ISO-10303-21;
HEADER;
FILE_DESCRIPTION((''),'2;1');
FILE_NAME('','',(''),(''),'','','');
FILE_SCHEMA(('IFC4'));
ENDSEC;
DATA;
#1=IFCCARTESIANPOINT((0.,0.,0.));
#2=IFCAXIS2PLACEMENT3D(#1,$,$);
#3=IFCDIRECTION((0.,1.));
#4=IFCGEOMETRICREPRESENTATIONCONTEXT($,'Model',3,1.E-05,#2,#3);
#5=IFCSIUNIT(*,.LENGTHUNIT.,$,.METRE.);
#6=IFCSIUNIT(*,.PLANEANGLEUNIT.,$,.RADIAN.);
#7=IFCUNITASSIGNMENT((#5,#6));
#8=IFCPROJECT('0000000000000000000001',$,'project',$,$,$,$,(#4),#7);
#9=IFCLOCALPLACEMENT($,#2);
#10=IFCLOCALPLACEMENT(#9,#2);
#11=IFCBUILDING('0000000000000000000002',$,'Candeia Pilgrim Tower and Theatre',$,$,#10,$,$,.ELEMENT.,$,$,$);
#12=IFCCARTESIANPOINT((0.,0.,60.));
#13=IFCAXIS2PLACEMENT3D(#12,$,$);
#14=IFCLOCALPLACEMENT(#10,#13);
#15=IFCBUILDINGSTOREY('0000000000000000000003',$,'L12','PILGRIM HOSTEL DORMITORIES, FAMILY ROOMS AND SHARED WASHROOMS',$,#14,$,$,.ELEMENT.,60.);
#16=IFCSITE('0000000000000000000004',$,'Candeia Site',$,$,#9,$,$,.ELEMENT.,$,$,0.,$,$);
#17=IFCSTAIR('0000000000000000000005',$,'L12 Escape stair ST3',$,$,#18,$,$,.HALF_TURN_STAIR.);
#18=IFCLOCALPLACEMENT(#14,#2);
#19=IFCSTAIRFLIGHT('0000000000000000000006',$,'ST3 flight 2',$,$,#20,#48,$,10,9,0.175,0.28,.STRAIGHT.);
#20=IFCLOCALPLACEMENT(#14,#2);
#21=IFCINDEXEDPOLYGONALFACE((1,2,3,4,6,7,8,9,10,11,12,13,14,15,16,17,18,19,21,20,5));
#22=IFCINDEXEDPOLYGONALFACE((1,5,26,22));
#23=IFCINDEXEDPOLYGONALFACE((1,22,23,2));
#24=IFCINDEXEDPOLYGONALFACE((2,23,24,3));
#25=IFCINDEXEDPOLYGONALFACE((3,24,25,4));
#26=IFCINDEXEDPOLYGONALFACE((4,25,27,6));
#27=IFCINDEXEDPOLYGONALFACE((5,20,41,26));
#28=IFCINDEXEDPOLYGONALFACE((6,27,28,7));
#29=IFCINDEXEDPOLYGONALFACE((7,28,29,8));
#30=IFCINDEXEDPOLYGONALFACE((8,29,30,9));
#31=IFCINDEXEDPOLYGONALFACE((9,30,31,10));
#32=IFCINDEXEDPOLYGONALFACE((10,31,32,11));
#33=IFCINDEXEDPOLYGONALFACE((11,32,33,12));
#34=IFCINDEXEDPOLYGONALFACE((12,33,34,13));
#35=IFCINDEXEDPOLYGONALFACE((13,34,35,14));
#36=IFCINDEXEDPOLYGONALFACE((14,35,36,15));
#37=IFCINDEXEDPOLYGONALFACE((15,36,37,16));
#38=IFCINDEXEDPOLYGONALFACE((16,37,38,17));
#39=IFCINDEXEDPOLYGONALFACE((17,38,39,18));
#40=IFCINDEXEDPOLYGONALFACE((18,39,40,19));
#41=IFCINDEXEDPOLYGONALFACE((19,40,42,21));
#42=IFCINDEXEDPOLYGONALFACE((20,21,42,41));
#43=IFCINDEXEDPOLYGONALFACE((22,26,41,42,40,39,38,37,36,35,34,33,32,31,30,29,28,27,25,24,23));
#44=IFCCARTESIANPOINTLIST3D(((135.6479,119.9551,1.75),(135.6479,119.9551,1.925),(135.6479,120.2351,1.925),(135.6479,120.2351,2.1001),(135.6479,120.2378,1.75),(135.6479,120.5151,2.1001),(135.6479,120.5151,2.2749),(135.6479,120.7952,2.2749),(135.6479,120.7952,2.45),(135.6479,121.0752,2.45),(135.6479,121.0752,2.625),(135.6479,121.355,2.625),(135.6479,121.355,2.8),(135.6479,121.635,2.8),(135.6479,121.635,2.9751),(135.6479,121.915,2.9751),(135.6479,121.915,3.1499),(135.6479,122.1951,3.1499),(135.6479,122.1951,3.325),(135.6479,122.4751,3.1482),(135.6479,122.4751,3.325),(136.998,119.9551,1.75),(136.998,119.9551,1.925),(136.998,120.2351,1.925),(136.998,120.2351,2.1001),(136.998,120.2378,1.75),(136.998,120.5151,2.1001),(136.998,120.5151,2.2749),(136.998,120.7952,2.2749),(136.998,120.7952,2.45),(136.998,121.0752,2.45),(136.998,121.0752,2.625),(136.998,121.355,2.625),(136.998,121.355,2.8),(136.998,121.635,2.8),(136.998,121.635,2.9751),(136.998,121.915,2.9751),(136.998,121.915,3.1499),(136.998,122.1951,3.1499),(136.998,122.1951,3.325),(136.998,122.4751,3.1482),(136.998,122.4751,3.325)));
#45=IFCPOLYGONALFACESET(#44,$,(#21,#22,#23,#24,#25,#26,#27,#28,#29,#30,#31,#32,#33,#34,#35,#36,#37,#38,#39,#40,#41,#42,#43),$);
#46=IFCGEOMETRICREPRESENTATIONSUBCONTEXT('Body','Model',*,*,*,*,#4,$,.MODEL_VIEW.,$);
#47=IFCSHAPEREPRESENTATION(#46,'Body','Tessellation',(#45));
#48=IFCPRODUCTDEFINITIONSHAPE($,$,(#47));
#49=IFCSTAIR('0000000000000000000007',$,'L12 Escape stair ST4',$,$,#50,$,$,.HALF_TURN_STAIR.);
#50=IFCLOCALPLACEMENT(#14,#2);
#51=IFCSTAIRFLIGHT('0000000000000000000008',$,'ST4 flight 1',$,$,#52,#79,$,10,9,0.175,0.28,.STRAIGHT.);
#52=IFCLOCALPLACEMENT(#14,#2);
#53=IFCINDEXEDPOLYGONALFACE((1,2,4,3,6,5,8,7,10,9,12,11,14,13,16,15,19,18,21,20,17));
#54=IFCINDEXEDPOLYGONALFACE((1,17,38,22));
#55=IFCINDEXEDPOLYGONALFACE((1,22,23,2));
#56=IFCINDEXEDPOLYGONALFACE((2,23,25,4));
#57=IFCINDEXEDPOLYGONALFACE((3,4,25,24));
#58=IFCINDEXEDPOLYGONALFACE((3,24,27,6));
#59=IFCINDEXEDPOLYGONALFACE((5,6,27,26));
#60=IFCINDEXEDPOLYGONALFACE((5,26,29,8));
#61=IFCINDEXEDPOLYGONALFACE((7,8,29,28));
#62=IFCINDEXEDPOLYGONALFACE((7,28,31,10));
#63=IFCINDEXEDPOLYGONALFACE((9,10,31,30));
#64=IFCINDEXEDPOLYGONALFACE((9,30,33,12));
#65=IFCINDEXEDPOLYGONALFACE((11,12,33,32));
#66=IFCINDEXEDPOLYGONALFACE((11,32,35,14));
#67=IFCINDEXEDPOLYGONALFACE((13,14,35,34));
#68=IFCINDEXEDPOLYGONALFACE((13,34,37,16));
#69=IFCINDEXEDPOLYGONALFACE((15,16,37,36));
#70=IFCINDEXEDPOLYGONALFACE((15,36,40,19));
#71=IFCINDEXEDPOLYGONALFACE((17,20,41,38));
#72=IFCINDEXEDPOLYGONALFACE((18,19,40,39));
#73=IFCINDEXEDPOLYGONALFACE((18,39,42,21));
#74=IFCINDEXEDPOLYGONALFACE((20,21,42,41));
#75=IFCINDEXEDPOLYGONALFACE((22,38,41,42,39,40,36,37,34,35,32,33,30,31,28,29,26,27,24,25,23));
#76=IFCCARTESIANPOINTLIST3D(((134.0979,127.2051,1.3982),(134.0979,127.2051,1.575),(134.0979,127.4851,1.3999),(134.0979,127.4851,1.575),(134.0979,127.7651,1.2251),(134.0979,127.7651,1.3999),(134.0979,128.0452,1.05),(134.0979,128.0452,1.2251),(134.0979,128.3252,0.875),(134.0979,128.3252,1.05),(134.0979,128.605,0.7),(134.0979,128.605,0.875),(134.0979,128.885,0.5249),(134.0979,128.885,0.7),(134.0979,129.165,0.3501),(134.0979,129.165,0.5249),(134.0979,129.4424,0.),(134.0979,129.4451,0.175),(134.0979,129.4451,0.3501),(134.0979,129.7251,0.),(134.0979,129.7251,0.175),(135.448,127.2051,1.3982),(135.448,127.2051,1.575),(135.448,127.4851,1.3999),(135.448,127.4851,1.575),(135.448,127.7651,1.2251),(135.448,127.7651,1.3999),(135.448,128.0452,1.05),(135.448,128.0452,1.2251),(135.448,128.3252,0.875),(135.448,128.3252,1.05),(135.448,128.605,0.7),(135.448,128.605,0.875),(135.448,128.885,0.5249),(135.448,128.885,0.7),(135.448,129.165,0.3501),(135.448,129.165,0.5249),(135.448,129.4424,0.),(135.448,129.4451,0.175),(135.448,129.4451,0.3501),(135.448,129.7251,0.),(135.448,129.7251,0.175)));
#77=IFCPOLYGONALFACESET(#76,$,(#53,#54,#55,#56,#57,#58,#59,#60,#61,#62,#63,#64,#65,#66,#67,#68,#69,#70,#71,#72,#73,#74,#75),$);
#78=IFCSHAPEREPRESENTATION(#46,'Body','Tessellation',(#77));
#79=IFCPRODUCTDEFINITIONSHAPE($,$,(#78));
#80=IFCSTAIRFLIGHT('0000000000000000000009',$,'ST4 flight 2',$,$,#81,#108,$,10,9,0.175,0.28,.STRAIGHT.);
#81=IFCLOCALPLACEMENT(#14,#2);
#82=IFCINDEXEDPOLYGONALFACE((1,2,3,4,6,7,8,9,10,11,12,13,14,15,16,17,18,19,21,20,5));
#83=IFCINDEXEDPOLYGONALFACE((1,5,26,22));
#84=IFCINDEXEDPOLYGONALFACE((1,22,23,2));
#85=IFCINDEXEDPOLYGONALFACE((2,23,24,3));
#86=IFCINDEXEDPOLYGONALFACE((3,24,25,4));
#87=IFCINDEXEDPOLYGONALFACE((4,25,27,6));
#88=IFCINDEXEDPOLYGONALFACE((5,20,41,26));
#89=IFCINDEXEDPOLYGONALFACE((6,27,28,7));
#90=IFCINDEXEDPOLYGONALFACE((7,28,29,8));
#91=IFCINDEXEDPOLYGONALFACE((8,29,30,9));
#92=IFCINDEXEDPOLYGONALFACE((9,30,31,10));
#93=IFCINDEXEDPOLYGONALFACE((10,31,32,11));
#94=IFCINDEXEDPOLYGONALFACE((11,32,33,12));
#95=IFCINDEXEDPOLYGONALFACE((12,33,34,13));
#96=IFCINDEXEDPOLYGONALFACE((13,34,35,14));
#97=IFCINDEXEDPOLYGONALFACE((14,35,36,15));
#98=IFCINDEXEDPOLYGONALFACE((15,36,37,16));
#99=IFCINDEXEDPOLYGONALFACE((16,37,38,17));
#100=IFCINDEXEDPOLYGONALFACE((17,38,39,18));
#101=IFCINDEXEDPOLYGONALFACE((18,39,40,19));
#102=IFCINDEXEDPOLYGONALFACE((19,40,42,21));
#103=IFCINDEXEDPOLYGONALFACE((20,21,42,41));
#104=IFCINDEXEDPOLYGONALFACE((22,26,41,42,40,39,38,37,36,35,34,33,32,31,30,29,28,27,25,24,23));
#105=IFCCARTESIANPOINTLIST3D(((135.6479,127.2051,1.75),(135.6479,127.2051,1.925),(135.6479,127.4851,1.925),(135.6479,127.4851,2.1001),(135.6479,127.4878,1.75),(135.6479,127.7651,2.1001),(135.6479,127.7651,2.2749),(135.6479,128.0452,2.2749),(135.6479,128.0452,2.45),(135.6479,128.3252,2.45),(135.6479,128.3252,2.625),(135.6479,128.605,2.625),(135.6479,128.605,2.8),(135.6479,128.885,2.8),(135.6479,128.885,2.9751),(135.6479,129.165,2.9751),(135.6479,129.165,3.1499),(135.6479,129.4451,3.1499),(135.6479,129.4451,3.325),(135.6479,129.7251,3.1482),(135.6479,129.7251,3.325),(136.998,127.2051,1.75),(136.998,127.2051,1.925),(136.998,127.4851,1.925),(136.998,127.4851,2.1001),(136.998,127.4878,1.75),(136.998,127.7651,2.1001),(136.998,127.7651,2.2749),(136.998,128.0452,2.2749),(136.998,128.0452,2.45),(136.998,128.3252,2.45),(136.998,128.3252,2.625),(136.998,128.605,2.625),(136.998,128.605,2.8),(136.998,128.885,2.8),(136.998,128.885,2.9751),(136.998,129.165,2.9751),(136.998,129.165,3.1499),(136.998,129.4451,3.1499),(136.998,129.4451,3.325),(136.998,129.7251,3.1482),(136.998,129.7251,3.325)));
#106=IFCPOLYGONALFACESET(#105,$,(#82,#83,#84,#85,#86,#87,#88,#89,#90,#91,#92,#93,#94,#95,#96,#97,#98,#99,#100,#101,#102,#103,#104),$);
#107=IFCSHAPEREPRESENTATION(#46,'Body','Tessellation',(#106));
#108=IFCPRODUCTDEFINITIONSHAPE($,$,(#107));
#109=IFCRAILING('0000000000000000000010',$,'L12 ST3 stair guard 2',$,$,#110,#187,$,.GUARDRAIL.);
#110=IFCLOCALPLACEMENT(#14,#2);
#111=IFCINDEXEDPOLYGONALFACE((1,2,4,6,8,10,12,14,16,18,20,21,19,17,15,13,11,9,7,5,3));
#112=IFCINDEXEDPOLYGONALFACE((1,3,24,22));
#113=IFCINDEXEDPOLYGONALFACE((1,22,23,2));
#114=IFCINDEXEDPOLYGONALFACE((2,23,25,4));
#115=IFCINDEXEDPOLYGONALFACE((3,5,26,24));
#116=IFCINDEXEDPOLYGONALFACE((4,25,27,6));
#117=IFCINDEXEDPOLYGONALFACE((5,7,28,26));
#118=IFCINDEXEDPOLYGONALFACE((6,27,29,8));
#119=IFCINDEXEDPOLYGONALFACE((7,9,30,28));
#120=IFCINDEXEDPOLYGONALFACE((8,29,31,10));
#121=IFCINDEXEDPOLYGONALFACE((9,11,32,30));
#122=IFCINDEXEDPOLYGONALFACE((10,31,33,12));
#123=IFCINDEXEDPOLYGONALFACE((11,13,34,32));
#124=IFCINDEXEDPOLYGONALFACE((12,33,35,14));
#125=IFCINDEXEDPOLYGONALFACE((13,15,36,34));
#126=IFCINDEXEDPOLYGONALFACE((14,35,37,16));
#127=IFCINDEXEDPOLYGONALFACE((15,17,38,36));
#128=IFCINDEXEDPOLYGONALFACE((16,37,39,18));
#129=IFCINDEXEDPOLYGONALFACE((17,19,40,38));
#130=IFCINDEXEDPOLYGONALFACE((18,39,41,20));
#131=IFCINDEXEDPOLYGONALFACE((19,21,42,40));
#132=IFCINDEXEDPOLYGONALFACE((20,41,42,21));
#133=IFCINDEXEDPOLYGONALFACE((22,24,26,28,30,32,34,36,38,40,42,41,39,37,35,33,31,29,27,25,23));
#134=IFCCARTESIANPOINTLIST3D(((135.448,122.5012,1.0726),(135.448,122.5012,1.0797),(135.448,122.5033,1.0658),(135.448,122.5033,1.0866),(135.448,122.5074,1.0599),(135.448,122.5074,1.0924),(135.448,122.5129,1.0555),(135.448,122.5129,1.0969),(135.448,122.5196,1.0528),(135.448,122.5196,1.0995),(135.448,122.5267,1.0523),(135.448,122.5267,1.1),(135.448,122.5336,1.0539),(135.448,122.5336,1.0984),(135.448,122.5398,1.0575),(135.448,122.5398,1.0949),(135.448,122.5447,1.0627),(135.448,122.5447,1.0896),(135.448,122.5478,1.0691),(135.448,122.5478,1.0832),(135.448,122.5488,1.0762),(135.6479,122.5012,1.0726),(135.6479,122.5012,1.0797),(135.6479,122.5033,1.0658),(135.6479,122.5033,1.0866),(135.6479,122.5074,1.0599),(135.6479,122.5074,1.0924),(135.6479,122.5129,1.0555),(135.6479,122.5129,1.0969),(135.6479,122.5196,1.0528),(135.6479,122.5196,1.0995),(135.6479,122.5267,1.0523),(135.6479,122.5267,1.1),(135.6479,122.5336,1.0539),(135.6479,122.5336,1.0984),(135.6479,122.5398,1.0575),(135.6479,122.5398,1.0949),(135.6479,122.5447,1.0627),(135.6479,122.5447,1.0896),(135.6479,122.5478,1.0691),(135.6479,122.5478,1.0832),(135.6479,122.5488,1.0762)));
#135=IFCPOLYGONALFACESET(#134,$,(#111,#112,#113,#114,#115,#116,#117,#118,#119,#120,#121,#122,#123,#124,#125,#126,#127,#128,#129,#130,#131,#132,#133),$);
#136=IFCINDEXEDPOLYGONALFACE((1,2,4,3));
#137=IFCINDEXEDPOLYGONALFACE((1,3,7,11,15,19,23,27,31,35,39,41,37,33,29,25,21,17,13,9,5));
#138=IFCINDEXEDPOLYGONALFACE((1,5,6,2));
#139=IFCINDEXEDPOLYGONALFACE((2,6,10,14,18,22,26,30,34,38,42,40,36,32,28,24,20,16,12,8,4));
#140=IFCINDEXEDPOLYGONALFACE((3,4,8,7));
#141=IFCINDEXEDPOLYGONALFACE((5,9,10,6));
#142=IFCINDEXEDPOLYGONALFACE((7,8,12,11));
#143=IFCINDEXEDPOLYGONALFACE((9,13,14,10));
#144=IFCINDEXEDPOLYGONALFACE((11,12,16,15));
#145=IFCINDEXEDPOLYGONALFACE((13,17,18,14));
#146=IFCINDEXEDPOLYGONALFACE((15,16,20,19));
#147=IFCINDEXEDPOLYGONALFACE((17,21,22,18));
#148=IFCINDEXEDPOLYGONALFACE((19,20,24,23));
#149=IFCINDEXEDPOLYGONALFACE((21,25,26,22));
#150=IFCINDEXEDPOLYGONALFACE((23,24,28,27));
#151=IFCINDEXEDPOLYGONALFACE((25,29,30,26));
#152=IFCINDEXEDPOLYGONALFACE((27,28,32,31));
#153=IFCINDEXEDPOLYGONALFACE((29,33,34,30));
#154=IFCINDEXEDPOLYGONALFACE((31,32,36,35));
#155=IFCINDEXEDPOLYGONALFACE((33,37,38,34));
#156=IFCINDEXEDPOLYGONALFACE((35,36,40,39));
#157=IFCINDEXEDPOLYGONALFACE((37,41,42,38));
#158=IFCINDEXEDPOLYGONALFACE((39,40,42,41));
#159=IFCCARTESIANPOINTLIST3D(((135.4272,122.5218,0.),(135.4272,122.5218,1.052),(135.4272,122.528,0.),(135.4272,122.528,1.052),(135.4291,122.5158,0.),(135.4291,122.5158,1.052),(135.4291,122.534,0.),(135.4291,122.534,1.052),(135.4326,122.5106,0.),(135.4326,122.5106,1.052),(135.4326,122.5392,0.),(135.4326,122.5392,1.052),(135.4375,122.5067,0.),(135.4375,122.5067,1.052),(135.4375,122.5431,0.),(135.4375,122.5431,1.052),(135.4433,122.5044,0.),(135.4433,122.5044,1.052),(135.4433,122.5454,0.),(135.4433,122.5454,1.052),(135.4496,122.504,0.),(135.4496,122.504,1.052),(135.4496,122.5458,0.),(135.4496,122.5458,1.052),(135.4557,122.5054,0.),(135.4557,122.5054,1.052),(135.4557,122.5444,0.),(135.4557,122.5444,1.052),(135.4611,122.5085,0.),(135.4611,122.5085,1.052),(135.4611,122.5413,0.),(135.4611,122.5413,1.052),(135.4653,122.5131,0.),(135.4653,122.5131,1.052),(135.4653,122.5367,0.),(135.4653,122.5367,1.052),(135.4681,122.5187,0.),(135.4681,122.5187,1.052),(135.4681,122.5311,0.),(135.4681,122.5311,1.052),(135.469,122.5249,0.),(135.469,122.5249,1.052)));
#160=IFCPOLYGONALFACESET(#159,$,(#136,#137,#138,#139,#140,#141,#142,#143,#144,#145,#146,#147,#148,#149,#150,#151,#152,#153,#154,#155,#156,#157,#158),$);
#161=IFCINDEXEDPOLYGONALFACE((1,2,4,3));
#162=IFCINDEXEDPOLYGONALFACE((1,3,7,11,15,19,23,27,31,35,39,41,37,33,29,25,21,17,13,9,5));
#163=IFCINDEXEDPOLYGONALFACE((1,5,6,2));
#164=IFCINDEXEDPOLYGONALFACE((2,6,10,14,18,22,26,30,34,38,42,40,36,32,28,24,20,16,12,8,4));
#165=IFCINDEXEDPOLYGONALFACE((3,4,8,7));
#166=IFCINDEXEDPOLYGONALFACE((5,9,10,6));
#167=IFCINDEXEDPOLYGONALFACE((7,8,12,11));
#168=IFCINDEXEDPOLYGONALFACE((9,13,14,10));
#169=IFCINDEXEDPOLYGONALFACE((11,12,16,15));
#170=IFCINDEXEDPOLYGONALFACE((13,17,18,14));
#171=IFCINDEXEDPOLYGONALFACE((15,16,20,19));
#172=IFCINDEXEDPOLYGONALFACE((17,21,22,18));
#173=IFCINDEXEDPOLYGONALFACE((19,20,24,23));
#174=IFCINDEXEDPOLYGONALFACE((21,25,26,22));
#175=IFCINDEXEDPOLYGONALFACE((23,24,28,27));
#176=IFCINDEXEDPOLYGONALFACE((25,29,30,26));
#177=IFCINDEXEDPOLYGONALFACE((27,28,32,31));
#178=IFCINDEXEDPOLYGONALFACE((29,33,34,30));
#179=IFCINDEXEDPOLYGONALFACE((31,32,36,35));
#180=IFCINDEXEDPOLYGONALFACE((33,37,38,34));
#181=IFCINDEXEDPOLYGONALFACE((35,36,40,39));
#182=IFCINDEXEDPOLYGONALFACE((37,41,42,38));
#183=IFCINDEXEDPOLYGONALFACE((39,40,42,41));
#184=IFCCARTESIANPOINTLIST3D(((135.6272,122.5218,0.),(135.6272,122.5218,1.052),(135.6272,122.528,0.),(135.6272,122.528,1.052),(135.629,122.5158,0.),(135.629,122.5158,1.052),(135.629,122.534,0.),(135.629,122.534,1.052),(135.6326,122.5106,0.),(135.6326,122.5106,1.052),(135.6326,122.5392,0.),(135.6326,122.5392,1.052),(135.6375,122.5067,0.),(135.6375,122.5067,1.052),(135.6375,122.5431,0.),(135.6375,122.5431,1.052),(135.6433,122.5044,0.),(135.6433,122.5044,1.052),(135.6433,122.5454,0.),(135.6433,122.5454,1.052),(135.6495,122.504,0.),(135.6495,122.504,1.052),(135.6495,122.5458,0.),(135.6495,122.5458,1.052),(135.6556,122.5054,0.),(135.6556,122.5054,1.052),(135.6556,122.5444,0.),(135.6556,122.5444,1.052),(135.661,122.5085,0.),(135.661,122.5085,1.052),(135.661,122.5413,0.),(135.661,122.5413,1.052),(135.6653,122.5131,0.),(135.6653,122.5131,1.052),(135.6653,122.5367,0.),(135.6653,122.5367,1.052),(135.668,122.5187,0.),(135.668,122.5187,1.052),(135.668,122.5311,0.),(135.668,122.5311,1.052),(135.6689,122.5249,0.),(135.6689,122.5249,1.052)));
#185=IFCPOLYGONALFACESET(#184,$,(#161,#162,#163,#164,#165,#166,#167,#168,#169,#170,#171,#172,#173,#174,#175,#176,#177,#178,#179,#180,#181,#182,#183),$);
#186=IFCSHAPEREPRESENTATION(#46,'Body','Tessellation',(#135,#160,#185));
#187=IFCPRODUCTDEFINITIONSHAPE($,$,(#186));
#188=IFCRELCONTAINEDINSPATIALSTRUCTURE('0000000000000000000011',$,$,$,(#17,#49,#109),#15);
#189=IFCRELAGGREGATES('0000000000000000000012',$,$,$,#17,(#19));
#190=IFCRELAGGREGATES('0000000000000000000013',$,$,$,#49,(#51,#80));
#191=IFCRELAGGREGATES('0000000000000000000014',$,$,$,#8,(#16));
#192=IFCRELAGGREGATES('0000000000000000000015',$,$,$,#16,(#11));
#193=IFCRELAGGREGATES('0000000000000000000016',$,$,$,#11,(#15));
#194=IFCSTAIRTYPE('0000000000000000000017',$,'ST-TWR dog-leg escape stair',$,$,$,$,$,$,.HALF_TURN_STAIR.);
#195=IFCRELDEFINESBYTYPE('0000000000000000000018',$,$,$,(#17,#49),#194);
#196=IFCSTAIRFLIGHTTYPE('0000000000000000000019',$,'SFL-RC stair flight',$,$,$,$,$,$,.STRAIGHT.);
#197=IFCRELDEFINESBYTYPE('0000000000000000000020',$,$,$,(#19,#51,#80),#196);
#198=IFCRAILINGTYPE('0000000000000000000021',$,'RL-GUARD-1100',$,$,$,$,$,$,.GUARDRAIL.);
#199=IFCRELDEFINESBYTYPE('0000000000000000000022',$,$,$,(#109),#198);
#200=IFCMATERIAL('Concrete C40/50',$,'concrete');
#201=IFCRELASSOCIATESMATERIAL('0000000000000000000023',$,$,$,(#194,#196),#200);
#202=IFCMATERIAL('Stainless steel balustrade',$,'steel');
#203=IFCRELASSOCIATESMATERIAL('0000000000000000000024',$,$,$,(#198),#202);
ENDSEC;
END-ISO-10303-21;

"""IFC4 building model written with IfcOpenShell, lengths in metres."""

from ifc_helpers import new_model, si_unit, direction, frame, origin, origin_2d, place, context, subcontext, project, spatial, polyline, circle, outline, extrude, material, type_object, element, aggregate, save


model = new_model("IFC4")

# Units and contexts
model_context = context("Model", 3, precision=1e-05, world=origin(), true_north=direction((0.0, 1.0)))
body_context = subcontext(model_context, "Body", "Model", "MODEL_VIEW")
ifc_project = project(units=[si_unit("LENGTHUNIT", "METRE"), si_unit("PLANEANGLEUNIT", "RADIAN")], contexts=[model_context])

# Site, building, storey
site_placement = place(None, origin())
site = spatial("IfcSite", under=ifc_project, at=site_placement, Name="Candeia Site", CompositionType="ELEMENT", RefElevation=0.0)
building_placement = place(site_placement, origin())
building = spatial("IfcBuilding", under=site, at=building_placement, Name="Candeia Pilgrim Tower and Theatre", CompositionType="ELEMENT")
storey_placement = place(building_placement, frame((0.0, 0.0, 60.0)))
storey = spatial("IfcBuildingStorey", under=building, at=storey_placement, Name="L12", Description="PILGRIM HOSTEL DORMITORIES, FAMILY ROOMS AND SHARED WASHROOMS", CompositionType="ELEMENT", Elevation=60.0)

# Shared definitions
ifc_material_1 = material(Name="Concrete C40/50", Category="concrete")

# Stairs, stair flights
stair_type = type_object("IfcStairType", Name="ST-TWR dog-leg escape stair", PredefinedType="HALF_TURN_STAIR", material=ifc_material_1)
stair_1_placement = place(storey_placement, origin())
stair_1 = element("IfcStair", 1, at=stair_1_placement, inside=storey, type_object=stair_type, Name="L12 Escape stair ST3", PredefinedType="HALF_TURN_STAIR")
stair_flight_type = type_object("IfcStairFlightType", Name="SFL-RC stair flight", PredefinedType="STRAIGHT", material=ifc_material_1)
stair_flight_1_placement = place(storey_placement, frame((136.323, 119.9551, 1.75), z_axis=(0.0, 0.0, 1.0), x_axis=(0.0, 1.0, 0.0)))
stair_flight_1 = element("IfcStairFlight", 2, at=stair_flight_1_placement, type_object=stair_flight_type, Name="ST3 flight 2", NumberOfRisers=10, NumberOfTreads=9, PredefinedType="STRAIGHT", RiserHeight=0.175, TreadLength=0.28, context=body_context, shape_type="SweptSolid", body=[
    extrude(outline(polyline([(0.0, 0.0), (0.0, 0.175), (0.28, 0.175), (0.28, 0.3501), (0.5601, 0.3501), (0.5601, 0.5249), (0.8401, 0.5249), (0.8401, 0.7), (1.1201, 0.7), (1.1201, 0.875), (1.3999, 0.875), (1.3999, 1.05), (1.6799, 1.05), (1.6799, 1.2251), (1.96, 1.2251), (1.96, 1.3999), (2.24, 1.3999), (2.24, 1.575), (2.52, 1.575), (2.52, 1.75), (2.52, 1.3982), (0.2827, 0.0), (0.0, 0.0)])), frame((0.0, 0.675, 0.0), z_axis=(0.0, -1.0, 0.0), x_axis=(1.0, 0.0, 0.0)), (0.0, 0.0, 1.0), 1.3501),
])
aggregate(stair_1, [stair_flight_1])
stair_2_placement = place(storey_placement, origin())
stair_2 = element("IfcStair", 3, at=stair_2_placement, inside=storey, type_object=stair_type, Name="L12 Escape stair ST4", PredefinedType="HALF_TURN_STAIR")
stair_flight_2_placement = place(storey_placement, frame((134.7729, 129.7251, 0.0), z_axis=(0.0, 0.0, 1.0), x_axis=(0.0, -1.0, 0.0)))
stair_flight_2 = element("IfcStairFlight", 4, at=stair_flight_2_placement, type_object=stair_flight_type, Name="ST4 flight 1", NumberOfRisers=10, NumberOfTreads=9, PredefinedType="STRAIGHT", RiserHeight=0.175, TreadLength=0.28, context=body_context, shape_type="SweptSolid", body=[
    extrude(outline(polyline([(0.0, 0.0), (0.0, 0.175), (0.28, 0.175), (0.28, 0.3501), (0.5601, 0.3501), (0.5601, 0.5249), (0.8401, 0.5249), (0.8401, 0.7), (1.1201, 0.7), (1.1201, 0.875), (1.3999, 0.875), (1.3999, 1.05), (1.6799, 1.05), (1.6799, 1.2251), (1.96, 1.2251), (1.96, 1.3999), (2.24, 1.3999), (2.24, 1.575), (2.52, 1.575), (2.52, 1.75), (2.52, 1.3982), (0.2827, 0.0), (0.0, 0.0)])), frame((0.0, 0.675, 0.0), z_axis=(0.0, -1.0, 0.0), x_axis=(1.0, 0.0, 0.0)), (0.0, 0.0, 1.0), 1.3501),
])
stair_flight_3_placement = place(storey_placement, frame((136.323, 127.2051, 1.75), z_axis=(0.0, 0.0, 1.0), x_axis=(0.0, 1.0, 0.0)))
stair_flight_3 = element("IfcStairFlight", 5, at=stair_flight_3_placement, type_object=stair_flight_type, Name="ST4 flight 2", NumberOfRisers=10, NumberOfTreads=9, PredefinedType="STRAIGHT", RiserHeight=0.175, TreadLength=0.28, context=body_context, shape_type="SweptSolid", body=[
    extrude(outline(polyline([(0.0, 0.0), (0.0, 0.175), (0.28, 0.175), (0.28, 0.3501), (0.5601, 0.3501), (0.5601, 0.5249), (0.8401, 0.5249), (0.8401, 0.7), (1.1201, 0.7), (1.1201, 0.875), (1.3999, 0.875), (1.3999, 1.05), (1.6799, 1.05), (1.6799, 1.2251), (1.96, 1.2251), (1.96, 1.3999), (2.24, 1.3999), (2.24, 1.575), (2.52, 1.575), (2.52, 1.75), (2.52, 1.3982), (0.2827, 0.0), (0.0, 0.0)])), frame((0.0, 0.675, 0.0), z_axis=(0.0, -1.0, 0.0), x_axis=(1.0, 0.0, 0.0)), (0.0, 0.0, 1.0), 1.3501),
])
aggregate(stair_2, [stair_flight_2, stair_flight_3])

# Railing
ifc_material_2 = material(Name="Stainless steel balustrade", Category="steel")
railing_type_1 = type_object("IfcRailingType", Name="RL-GUARD-1100", PredefinedType="GUARDRAIL", material=ifc_material_2)
railing_1_placement = place(storey_placement, frame((135.448, 122.5249, 0.0)))
element("IfcRailing", 6, at=railing_1_placement, inside=storey, type_object=railing_type_1, Name="L12 ST3 stair guard 2", PredefinedType="GUARDRAIL", context=body_context, shape_type="SweptSolid", body=[
    extrude(circle(Radius=0.0239, at=origin_2d()), frame((0.0, 0.0, 1.0762), z_axis=(1.0, 0.0, 0.0), x_axis=(0.0, 1.0, 0.0)), (0.0, 0.0, 1.0), 0.2),
    extrude(circle(Radius=0.021, at=origin_2d()), origin(), (0.0, 0.0, 1.0), 1.052),
    extrude(circle(Radius=0.021, at=origin_2d()), frame((0.2, 0.0, 0.0)), (0.0, 0.0, 1.0), 1.052),
])

save(model, "model.ifc")
